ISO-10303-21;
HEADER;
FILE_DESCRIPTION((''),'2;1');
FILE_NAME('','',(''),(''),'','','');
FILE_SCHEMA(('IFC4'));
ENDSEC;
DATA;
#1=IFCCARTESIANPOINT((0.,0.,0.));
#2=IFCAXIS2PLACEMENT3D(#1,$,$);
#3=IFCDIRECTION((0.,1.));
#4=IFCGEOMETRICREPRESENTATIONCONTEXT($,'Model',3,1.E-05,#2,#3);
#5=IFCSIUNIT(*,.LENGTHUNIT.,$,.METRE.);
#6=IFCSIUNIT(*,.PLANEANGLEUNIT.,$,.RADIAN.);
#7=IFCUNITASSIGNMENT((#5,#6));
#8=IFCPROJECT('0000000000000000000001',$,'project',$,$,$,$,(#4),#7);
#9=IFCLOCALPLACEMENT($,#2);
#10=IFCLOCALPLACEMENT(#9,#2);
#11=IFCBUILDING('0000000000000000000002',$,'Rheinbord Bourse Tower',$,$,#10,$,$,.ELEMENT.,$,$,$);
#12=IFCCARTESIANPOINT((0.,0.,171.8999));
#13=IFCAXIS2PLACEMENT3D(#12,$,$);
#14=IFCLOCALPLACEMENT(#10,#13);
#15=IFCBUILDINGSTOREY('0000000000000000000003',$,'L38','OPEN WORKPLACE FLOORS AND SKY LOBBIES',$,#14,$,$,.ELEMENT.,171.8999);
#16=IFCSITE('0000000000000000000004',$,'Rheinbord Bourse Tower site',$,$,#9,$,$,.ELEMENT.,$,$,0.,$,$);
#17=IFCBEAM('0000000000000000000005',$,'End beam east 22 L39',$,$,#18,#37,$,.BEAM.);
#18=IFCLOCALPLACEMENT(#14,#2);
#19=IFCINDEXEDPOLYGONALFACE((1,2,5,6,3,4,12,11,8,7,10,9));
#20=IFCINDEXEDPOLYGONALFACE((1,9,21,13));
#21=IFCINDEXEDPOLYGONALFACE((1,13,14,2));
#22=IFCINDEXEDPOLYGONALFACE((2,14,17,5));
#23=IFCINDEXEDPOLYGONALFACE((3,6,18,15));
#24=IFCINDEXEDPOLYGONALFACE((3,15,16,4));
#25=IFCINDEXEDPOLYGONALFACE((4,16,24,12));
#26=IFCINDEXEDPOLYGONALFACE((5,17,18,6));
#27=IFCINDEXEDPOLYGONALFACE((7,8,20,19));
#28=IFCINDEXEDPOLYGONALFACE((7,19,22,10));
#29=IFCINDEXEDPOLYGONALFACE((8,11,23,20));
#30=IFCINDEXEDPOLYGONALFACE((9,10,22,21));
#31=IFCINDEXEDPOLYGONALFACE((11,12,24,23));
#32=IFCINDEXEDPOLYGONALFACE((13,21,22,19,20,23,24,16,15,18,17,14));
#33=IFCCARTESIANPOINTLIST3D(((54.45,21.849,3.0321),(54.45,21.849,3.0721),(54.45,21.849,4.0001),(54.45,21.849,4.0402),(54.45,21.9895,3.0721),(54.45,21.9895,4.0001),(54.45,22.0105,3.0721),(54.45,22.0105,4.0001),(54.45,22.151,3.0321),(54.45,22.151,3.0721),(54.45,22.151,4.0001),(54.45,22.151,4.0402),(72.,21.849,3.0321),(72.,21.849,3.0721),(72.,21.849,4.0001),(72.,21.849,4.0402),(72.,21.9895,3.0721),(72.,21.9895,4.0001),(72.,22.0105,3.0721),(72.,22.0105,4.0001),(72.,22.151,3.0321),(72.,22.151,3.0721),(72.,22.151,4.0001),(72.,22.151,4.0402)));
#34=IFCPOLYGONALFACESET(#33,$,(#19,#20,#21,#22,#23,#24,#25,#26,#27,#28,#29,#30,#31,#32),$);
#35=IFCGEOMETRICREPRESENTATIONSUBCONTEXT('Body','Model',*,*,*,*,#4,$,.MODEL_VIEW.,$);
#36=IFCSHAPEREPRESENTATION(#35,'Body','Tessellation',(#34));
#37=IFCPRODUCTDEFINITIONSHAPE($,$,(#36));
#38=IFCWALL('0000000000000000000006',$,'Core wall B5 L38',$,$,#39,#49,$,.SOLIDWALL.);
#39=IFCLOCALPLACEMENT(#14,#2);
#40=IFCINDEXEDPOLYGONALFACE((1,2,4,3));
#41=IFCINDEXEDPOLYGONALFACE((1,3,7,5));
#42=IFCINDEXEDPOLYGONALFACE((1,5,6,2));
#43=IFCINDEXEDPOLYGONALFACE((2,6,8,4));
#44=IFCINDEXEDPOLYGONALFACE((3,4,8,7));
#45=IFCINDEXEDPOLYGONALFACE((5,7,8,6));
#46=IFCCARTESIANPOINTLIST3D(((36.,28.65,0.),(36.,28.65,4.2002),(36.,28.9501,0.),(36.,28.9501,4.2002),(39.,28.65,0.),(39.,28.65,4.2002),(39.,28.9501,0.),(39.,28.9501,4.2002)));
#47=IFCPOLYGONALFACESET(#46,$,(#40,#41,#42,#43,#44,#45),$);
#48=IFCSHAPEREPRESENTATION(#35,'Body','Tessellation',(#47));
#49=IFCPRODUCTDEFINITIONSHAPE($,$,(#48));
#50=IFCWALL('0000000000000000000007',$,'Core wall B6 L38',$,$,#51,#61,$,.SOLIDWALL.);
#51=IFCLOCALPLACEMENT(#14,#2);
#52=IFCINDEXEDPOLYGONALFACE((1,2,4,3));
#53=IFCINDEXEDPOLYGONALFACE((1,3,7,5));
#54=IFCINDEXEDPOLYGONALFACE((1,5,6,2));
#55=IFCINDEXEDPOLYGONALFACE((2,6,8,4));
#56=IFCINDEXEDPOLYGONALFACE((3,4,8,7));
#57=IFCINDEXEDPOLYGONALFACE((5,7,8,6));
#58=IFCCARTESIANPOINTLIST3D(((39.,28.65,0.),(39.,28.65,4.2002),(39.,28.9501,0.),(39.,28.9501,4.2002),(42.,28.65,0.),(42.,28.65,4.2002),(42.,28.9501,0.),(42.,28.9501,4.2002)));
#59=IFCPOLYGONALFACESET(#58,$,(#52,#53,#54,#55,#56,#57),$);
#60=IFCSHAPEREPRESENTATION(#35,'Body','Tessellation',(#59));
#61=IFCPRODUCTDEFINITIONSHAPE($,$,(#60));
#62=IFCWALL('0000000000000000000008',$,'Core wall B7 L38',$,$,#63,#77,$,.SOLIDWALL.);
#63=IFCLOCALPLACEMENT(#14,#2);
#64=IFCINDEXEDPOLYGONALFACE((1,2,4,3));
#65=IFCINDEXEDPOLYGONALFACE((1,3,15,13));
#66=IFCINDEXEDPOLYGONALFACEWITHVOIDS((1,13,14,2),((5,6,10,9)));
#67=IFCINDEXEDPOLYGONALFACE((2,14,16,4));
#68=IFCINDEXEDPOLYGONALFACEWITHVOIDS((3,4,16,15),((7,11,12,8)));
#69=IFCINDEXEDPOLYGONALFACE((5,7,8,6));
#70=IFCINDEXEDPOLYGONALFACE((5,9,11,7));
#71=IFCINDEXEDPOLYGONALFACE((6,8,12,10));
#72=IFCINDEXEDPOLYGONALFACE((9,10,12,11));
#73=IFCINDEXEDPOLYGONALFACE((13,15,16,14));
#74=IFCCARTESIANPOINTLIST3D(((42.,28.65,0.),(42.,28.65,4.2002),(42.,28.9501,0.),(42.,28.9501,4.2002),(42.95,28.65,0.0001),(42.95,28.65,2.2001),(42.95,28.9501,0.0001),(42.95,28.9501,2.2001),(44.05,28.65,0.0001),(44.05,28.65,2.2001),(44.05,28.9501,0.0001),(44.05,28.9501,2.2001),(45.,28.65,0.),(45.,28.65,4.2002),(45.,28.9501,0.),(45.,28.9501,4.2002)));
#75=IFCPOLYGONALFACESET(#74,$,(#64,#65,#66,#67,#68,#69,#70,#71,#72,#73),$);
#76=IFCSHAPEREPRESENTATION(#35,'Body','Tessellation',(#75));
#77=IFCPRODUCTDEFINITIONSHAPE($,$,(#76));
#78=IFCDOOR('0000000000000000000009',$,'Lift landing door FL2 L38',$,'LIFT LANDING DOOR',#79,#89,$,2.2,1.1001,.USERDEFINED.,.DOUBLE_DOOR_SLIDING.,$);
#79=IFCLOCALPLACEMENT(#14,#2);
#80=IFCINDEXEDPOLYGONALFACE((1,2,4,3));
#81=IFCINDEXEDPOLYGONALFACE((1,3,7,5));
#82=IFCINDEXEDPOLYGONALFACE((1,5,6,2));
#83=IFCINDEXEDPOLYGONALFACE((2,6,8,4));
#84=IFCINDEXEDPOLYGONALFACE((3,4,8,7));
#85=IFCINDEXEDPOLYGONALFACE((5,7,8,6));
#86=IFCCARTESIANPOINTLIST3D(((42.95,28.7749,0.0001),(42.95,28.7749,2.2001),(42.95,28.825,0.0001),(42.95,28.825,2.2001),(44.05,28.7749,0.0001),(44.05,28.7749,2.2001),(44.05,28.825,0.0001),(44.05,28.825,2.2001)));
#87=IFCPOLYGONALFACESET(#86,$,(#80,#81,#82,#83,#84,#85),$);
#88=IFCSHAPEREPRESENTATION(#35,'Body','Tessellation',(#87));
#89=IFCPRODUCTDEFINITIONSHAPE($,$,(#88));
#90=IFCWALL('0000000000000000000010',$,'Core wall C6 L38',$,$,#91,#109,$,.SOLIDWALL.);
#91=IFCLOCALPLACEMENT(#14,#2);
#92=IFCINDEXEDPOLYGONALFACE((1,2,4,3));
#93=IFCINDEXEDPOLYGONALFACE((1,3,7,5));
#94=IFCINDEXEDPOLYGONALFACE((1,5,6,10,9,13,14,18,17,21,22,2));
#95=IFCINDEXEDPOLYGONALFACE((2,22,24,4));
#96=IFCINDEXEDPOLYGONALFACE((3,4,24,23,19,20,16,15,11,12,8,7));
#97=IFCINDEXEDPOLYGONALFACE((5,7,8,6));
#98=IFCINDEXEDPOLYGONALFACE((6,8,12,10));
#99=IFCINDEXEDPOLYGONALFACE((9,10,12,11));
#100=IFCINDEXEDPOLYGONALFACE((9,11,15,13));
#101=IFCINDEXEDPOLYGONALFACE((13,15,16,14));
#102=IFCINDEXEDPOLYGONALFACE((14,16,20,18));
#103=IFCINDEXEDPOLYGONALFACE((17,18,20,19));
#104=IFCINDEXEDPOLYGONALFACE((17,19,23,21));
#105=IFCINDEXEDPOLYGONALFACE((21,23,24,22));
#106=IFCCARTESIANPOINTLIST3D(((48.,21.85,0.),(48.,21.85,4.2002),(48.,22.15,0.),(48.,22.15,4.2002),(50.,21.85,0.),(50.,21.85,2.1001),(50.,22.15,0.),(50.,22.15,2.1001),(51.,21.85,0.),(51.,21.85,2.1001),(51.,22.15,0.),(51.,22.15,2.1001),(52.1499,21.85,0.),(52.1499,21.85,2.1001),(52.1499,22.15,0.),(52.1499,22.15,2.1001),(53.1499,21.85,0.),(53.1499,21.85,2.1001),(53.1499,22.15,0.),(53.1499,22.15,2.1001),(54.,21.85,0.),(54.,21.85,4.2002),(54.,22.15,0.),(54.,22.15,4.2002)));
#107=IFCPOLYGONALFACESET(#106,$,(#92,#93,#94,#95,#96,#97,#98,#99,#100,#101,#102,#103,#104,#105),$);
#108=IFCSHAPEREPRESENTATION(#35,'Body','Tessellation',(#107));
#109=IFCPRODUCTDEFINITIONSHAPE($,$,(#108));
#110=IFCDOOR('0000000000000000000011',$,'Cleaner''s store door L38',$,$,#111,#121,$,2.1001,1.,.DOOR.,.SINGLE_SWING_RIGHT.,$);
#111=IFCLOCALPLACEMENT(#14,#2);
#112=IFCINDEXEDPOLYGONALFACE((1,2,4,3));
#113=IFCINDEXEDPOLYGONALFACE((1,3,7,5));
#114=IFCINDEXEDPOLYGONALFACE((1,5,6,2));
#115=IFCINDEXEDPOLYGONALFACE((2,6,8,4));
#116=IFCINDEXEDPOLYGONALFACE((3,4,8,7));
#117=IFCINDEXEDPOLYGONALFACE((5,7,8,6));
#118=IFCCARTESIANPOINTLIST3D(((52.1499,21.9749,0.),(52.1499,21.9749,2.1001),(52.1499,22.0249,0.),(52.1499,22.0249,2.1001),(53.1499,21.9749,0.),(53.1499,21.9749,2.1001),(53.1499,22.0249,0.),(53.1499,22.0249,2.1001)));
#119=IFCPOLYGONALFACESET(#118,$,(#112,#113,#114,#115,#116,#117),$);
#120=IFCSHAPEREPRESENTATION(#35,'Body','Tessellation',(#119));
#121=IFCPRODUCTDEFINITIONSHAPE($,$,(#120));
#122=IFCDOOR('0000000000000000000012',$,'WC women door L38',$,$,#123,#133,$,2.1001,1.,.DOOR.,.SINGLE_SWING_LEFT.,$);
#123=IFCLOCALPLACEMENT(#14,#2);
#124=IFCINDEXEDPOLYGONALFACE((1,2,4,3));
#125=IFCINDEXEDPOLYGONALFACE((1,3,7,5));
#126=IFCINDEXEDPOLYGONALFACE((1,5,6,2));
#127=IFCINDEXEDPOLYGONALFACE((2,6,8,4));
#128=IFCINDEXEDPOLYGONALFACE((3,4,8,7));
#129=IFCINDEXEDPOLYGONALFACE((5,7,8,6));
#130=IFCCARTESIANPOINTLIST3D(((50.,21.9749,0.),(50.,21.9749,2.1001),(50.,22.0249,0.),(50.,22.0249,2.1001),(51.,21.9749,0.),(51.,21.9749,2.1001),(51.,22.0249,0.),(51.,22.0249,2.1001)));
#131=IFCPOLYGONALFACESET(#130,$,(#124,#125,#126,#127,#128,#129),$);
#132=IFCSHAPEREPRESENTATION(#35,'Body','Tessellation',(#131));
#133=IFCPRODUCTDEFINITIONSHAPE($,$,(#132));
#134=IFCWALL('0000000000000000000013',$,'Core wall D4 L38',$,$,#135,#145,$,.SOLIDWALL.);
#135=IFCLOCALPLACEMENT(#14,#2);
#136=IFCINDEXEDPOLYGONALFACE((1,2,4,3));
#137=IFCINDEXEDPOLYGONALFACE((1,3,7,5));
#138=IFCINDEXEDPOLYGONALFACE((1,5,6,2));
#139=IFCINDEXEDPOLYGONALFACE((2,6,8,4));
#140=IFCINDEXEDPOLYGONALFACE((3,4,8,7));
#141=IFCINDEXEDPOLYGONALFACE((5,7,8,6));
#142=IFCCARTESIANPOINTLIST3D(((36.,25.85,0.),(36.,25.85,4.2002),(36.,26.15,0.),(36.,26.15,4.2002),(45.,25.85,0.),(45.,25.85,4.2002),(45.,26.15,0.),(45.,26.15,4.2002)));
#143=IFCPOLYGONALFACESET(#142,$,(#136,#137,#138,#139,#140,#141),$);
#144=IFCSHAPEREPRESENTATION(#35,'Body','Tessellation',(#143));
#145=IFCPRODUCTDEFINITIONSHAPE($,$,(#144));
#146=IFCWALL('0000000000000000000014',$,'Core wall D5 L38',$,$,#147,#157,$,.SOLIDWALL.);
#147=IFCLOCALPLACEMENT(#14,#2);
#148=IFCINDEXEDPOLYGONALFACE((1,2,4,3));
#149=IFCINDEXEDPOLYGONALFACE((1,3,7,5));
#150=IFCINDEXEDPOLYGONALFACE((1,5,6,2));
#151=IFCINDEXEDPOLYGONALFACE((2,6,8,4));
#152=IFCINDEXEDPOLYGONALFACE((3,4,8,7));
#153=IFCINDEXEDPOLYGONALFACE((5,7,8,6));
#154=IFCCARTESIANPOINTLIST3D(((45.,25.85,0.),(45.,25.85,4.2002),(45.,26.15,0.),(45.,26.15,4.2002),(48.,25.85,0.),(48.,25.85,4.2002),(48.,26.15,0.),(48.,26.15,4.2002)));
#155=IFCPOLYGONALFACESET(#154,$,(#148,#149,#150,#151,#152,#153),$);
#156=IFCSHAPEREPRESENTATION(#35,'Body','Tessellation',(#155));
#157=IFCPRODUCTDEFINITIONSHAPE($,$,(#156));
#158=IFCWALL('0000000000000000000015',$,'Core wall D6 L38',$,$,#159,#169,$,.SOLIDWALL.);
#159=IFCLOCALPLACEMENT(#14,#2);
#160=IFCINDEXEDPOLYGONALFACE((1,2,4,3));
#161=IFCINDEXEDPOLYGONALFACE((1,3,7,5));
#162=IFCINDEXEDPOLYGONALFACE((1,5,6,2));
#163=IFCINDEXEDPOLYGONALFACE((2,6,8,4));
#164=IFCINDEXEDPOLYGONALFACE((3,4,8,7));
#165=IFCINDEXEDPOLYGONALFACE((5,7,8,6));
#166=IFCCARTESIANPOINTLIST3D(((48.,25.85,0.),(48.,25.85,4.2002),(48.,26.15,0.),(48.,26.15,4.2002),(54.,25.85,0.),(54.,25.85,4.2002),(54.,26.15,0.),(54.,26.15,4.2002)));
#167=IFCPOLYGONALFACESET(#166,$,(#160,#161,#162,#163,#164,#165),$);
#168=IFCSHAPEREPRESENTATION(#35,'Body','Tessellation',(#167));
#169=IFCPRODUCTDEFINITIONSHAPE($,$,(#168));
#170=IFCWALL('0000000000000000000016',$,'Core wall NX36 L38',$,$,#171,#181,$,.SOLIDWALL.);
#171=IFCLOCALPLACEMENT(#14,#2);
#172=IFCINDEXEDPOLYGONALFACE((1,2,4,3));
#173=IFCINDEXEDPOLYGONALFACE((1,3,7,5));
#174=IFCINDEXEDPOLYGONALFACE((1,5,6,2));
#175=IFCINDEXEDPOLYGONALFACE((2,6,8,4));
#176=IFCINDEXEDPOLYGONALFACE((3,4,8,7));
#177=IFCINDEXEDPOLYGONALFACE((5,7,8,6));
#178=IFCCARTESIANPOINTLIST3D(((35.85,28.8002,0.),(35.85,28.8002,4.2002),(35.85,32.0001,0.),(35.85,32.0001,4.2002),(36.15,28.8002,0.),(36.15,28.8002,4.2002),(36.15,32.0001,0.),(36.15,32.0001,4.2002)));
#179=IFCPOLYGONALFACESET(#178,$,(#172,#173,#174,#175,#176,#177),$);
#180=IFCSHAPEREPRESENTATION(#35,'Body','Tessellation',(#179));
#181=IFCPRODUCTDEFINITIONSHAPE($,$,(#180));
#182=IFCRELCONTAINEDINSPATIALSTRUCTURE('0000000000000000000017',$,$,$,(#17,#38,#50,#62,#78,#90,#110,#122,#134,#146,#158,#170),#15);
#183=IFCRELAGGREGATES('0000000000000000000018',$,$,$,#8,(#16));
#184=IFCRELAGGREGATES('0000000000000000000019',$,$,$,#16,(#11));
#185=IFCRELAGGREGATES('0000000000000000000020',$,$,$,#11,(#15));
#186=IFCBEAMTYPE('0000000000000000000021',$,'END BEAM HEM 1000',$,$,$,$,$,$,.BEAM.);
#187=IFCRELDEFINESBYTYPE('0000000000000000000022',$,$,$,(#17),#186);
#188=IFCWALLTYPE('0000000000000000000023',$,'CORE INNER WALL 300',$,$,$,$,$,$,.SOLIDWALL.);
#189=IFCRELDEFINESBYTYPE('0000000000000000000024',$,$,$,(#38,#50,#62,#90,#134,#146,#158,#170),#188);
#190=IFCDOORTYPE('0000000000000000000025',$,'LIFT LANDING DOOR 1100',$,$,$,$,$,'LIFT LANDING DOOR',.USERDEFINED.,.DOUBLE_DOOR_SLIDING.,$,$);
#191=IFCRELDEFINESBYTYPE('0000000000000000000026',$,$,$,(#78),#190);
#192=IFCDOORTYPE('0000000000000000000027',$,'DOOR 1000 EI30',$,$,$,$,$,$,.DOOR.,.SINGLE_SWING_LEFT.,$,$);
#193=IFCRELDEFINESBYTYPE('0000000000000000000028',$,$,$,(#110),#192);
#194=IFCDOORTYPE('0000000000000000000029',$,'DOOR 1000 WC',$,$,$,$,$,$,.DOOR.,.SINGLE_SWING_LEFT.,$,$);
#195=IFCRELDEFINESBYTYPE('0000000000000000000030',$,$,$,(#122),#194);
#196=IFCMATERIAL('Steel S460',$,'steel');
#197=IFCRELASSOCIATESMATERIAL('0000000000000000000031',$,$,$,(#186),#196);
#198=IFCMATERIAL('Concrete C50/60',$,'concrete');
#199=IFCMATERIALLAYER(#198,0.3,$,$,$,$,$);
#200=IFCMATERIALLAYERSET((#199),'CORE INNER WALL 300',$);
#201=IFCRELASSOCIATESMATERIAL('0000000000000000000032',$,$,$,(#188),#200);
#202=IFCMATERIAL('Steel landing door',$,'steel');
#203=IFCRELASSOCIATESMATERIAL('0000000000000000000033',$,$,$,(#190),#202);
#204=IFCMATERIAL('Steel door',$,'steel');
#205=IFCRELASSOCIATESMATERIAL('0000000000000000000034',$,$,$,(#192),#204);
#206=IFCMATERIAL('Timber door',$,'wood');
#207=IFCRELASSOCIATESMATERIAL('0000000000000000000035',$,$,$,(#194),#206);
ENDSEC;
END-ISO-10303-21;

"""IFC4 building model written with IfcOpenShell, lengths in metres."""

from ifc_helpers import new_model, si_unit, direction, frame, frame_2d, origin, origin_2d, place, context, subcontext, project, spatial, rectangle, i_section, extrude, material, layer, layer_set, material_profile, profile_set, type_object, element, fill, save


model = new_model("IFC4")

# Units and contexts
model_context = context("Model", 3, precision=1e-05, world=origin(), true_north=direction((0.0, 1.0)))
body_context = subcontext(model_context, "Body", "Model", "MODEL_VIEW")
ifc_project = project(units=[si_unit("LENGTHUNIT", "METRE"), si_unit("PLANEANGLEUNIT", "RADIAN")], contexts=[model_context])

# Site, building, storey
site_placement = place(None, origin())
site = spatial("IfcSite", under=ifc_project, at=site_placement, Name="Rheinbord Bourse Tower site", CompositionType="ELEMENT", RefElevation=0.0)
building_placement = place(site_placement, origin())
building = spatial("IfcBuilding", under=site, at=building_placement, Name="Rheinbord Bourse Tower", CompositionType="ELEMENT")
storey_placement = place(building_placement, frame((0.0, 0.0, 171.8999)))
storey = spatial("IfcBuildingStorey", under=building, at=storey_placement, Name="L38", Description="OPEN WORKPLACE FLOORS AND SKY LOBBIES", CompositionType="ELEMENT", Elevation=171.8999)

# Beam
ifc_material_1 = material(Name="Steel S460", Category="steel")
ifc_material_profile = material_profile(ifc_material_1, i_section(OverallWidth=0.302, OverallDepth=1.0081, WebThickness=0.021, FlangeThickness=0.04, at=origin_2d()), Name="HEM 1000")
ifc_profile_set = profile_set([ifc_material_profile], Name="Steel S460")
beam_type = type_object("IfcBeamType", Name="END BEAM HEM 1000", PredefinedType="BEAM", material=ifc_profile_set)
beam_placement = place(storey_placement, frame((54.45, 22.0, 3.5361), z_axis=(1.0, 0.0, 0.0), x_axis=(0.0, 1.0, 0.0)))
element("IfcBeam", 1, at=beam_placement, inside=storey, type_object=beam_type, Name="End beam east 22 L39", PredefinedType="BEAM", context=body_context, shape_type="SweptSolid", body=[
    extrude(i_section(OverallWidth=0.302, OverallDepth=1.0081, WebThickness=0.021, FlangeThickness=0.04, at=origin_2d()), origin(), (0.0, 0.0, 1.0), 17.55),
])

# Walls
ifc_material_2 = material(Name="Concrete C50/60", Category="concrete")
ifc_layer_1 = layer(ifc_material_2, 0.3)
ifc_layer_set_1 = layer_set([ifc_layer_1], Name="CORE INNER WALL 300")
wall_type_1 = type_object("IfcWallType", Name="CORE INNER WALL 300", PredefinedType="SOLIDWALL", material=ifc_layer_set_1)
for number, where, z_axis, x_axis, name in (
    (2, (36.0, 28.8, 0.0), (0.0, 0.0, 1.0), (1.0, 0.0, 0.0), "Core wall B5 L38"),
    (3, (39.0, 28.8, 0.0), (0.0, 0.0, 1.0), (1.0, 0.0, 0.0), "Core wall B6 L38"),
):
    element("IfcWall", number, at=place(storey_placement, frame(where, z_axis=z_axis, x_axis=x_axis)), inside=storey, type_object=wall_type_1, Name=name, PredefinedType="SOLIDWALL", context=body_context, shape_type="SweptSolid", body=[
        extrude(rectangle(XDim=3.0, YDim=0.3, at=frame_2d((1.5, 0.0))), origin(), (0.0, 0.0, 1.0), 4.2002),
    ])

# Wall, opening, door
wall_1_placement = place(storey_placement, frame((42.0, 28.8, 0.0), z_axis=(0.0, 0.0, 1.0), x_axis=(1.0, 0.0, 0.0)))
wall_1 = element("IfcWall", 4, at=wall_1_placement, inside=storey, type_object=wall_type_1, Name="Core wall B7 L38", PredefinedType="SOLIDWALL", context=body_context, shape_type="SweptSolid", body=[
    extrude(rectangle(XDim=3.0, YDim=0.3, at=frame_2d((1.5, 0.0))), origin(), (0.0, 0.0, 1.0), 4.2002),
])
opening_1_placement = place(wall_1_placement, frame((0.95, 0.0, 0.0)))
opening_1 = element("IfcOpeningElement", 5, at=opening_1_placement, cuts=wall_1, PredefinedType="OPENING", context=body_context, shape_type="SweptSolid", body=[
    extrude(rectangle(XDim=1.1001, YDim=2.2, at=frame_2d((0.55, 1.1001))), frame((0.0, 0.1599, 0.0), z_axis=(0.0, -1.0, 0.0), x_axis=(1.0, 0.0, 0.0)), (0.0, 0.0, 1.0), 0.3201),
])
ifc_material_3 = material(Name="Steel landing door", Category="steel")
door_type_1 = type_object("IfcDoorType", Name="LIFT LANDING DOOR 1100", ElementType="LIFT LANDING DOOR", OperationType="DOUBLE_DOOR_SLIDING", PredefinedType="USERDEFINED", material=ifc_material_3)
door_1_placement = place(opening_1_placement, origin())
door_1 = element("IfcDoor", 6, at=door_1_placement, inside=storey, type_object=door_type_1, Name="Lift landing door FL2 L38", ObjectType="LIFT LANDING DOOR", OperationType="DOUBLE_DOOR_SLIDING", OverallHeight=2.2, OverallWidth=1.1001, PredefinedType="USERDEFINED", context=body_context, shape_type="SweptSolid", body=[
    extrude(rectangle(XDim=1.1001, YDim=2.2, at=frame_2d((0.55, 1.1001))), frame((0.0, 0.0249, 0.0), z_axis=(0.0, -1.0, 0.0), x_axis=(1.0, 0.0, 0.0)), (0.0, 0.0, 1.0), 0.05),
])
fill(opening_1, door_1)

# Wall, openings, doors
wall_2_placement = place(storey_placement, frame((48.0, 22.0, 0.0), z_axis=(0.0, 0.0, 1.0), x_axis=(1.0, 0.0, 0.0)))
wall_2 = element("IfcWall", 7, at=wall_2_placement, inside=storey, type_object=wall_type_1, Name="Core wall C6 L38", PredefinedType="SOLIDWALL", context=body_context, shape_type="SweptSolid", body=[
    extrude(rectangle(XDim=6.0, YDim=0.3, at=frame_2d((3.0, 0.0))), origin(), (0.0, 0.0, 1.0), 4.2002),
])
opening_2_placement = place(wall_2_placement, frame((2.0, 0.0, 0.0)))
opening_2 = element("IfcOpeningElement", 8, at=opening_2_placement, cuts=wall_2, PredefinedType="OPENING", context=body_context, shape_type="SweptSolid", body=[
    extrude(rectangle(XDim=1.0, YDim=2.1001, at=frame_2d((0.5, 1.05))), frame((0.0, 0.1599, 0.0), z_axis=(0.0, -1.0, 0.0), x_axis=(1.0, 0.0, 0.0)), (0.0, 0.0, 1.0), 0.3201),
])
opening_3_placement = place(wall_2_placement, frame((4.1499, 0.0, 0.0)))
opening_3 = element("IfcOpeningElement", 9, at=opening_3_placement, cuts=wall_2, PredefinedType="OPENING", context=body_context, shape_type="SweptSolid", body=[
    extrude(rectangle(XDim=1.0, YDim=2.1001, at=frame_2d((0.5, 1.05))), frame((0.0, 0.1599, 0.0), z_axis=(0.0, -1.0, 0.0), x_axis=(1.0, 0.0, 0.0)), (0.0, 0.0, 1.0), 0.3201),
])
ifc_material_4 = material(Name="Steel door", Category="steel")
door_type_2 = type_object("IfcDoorType", Name="DOOR 1000 EI30", OperationType="SINGLE_SWING_LEFT", PredefinedType="DOOR", material=ifc_material_4)
door_2_placement = place(opening_3_placement, origin())
door_2 = element("IfcDoor", 10, at=door_2_placement, inside=storey, type_object=door_type_2, Name="Cleaner's store door L38", OperationType="SINGLE_SWING_RIGHT", OverallHeight=2.1001, OverallWidth=1.0, PredefinedType="DOOR", context=body_context, shape_type="SweptSolid", body=[
    extrude(rectangle(XDim=1.0, YDim=2.1001, at=frame_2d((0.5, 1.05))), frame((0.0, 0.0249, 0.0), z_axis=(0.0, -1.0, 0.0), x_axis=(1.0, 0.0, 0.0)), (0.0, 0.0, 1.0), 0.05),
])
fill(opening_3, door_2)
ifc_material_5 = material(Name="Timber door", Category="wood")
door_type_3 = type_object("IfcDoorType", Name="DOOR 1000 WC", OperationType="SINGLE_SWING_LEFT", PredefinedType="DOOR", material=ifc_material_5)
door_3_placement = place(opening_2_placement, origin())
door_3 = element("IfcDoor", 11, at=door_3_placement, inside=storey, type_object=door_type_3, Name="WC women door L38", OperationType="SINGLE_SWING_LEFT", OverallHeight=2.1001, OverallWidth=1.0, PredefinedType="DOOR", context=body_context, shape_type="SweptSolid", body=[
    extrude(rectangle(XDim=1.0, YDim=2.1001, at=frame_2d((0.5, 1.05))), frame((0.0, 0.0249, 0.0), z_axis=(0.0, -1.0, 0.0), x_axis=(1.0, 0.0, 0.0)), (0.0, 0.0, 1.0), 0.05),
])
fill(opening_2, door_3)

# Walls
wall_3_placement = place(storey_placement, frame((36.0, 26.0, 0.0), z_axis=(0.0, 0.0, 1.0), x_axis=(1.0, 0.0, 0.0)))
element("IfcWall", 12, at=wall_3_placement, inside=storey, type_object=wall_type_1, Name="Core wall D4 L38", PredefinedType="SOLIDWALL", context=body_context, shape_type="SweptSolid", body=[
    extrude(rectangle(XDim=9.0, YDim=0.3, at=frame_2d((4.5, 0.0))), origin(), (0.0, 0.0, 1.0), 4.2002),
])
wall_4_placement = place(storey_placement, frame((45.0, 26.0, 0.0), z_axis=(0.0, 0.0, 1.0), x_axis=(1.0, 0.0, 0.0)))
element("IfcWall", 13, at=wall_4_placement, inside=storey, type_object=wall_type_1, Name="Core wall D5 L38", PredefinedType="SOLIDWALL", context=body_context, shape_type="SweptSolid", body=[
    extrude(rectangle(XDim=3.0, YDim=0.3, at=frame_2d((1.5, 0.0))), origin(), (0.0, 0.0, 1.0), 4.2002),
])
wall_5_placement = place(storey_placement, frame((48.0, 26.0, 0.0), z_axis=(0.0, 0.0, 1.0), x_axis=(1.0, 0.0, 0.0)))
element("IfcWall", 14, at=wall_5_placement, inside=storey, type_object=wall_type_1, Name="Core wall D6 L38", PredefinedType="SOLIDWALL", context=body_context, shape_type="SweptSolid", body=[
    extrude(rectangle(XDim=6.0, YDim=0.3, at=frame_2d((3.0, 0.0))), origin(), (0.0, 0.0, 1.0), 4.2002),
])
for number, where, z_axis, x_axis, name in (
    (15, (36.0, 28.8, 0.0), (0.0, 0.0, 1.0), (0.0, 1.0, 0.0), "Core wall NX36 L38"),
):
    element("IfcWall", number, at=place(storey_placement, frame(where, z_axis=z_axis, x_axis=x_axis)), inside=storey, type_object=wall_type_1, Name=name, PredefinedType="SOLIDWALL", context=body_context, shape_type="SweptSolid", body=[
        extrude(rectangle(XDim=3.2, YDim=0.3, at=frame_2d((1.6001, 0.0))), origin(), (0.0, 0.0, 1.0), 4.2002),
    ])

save(model, "model.ifc")
